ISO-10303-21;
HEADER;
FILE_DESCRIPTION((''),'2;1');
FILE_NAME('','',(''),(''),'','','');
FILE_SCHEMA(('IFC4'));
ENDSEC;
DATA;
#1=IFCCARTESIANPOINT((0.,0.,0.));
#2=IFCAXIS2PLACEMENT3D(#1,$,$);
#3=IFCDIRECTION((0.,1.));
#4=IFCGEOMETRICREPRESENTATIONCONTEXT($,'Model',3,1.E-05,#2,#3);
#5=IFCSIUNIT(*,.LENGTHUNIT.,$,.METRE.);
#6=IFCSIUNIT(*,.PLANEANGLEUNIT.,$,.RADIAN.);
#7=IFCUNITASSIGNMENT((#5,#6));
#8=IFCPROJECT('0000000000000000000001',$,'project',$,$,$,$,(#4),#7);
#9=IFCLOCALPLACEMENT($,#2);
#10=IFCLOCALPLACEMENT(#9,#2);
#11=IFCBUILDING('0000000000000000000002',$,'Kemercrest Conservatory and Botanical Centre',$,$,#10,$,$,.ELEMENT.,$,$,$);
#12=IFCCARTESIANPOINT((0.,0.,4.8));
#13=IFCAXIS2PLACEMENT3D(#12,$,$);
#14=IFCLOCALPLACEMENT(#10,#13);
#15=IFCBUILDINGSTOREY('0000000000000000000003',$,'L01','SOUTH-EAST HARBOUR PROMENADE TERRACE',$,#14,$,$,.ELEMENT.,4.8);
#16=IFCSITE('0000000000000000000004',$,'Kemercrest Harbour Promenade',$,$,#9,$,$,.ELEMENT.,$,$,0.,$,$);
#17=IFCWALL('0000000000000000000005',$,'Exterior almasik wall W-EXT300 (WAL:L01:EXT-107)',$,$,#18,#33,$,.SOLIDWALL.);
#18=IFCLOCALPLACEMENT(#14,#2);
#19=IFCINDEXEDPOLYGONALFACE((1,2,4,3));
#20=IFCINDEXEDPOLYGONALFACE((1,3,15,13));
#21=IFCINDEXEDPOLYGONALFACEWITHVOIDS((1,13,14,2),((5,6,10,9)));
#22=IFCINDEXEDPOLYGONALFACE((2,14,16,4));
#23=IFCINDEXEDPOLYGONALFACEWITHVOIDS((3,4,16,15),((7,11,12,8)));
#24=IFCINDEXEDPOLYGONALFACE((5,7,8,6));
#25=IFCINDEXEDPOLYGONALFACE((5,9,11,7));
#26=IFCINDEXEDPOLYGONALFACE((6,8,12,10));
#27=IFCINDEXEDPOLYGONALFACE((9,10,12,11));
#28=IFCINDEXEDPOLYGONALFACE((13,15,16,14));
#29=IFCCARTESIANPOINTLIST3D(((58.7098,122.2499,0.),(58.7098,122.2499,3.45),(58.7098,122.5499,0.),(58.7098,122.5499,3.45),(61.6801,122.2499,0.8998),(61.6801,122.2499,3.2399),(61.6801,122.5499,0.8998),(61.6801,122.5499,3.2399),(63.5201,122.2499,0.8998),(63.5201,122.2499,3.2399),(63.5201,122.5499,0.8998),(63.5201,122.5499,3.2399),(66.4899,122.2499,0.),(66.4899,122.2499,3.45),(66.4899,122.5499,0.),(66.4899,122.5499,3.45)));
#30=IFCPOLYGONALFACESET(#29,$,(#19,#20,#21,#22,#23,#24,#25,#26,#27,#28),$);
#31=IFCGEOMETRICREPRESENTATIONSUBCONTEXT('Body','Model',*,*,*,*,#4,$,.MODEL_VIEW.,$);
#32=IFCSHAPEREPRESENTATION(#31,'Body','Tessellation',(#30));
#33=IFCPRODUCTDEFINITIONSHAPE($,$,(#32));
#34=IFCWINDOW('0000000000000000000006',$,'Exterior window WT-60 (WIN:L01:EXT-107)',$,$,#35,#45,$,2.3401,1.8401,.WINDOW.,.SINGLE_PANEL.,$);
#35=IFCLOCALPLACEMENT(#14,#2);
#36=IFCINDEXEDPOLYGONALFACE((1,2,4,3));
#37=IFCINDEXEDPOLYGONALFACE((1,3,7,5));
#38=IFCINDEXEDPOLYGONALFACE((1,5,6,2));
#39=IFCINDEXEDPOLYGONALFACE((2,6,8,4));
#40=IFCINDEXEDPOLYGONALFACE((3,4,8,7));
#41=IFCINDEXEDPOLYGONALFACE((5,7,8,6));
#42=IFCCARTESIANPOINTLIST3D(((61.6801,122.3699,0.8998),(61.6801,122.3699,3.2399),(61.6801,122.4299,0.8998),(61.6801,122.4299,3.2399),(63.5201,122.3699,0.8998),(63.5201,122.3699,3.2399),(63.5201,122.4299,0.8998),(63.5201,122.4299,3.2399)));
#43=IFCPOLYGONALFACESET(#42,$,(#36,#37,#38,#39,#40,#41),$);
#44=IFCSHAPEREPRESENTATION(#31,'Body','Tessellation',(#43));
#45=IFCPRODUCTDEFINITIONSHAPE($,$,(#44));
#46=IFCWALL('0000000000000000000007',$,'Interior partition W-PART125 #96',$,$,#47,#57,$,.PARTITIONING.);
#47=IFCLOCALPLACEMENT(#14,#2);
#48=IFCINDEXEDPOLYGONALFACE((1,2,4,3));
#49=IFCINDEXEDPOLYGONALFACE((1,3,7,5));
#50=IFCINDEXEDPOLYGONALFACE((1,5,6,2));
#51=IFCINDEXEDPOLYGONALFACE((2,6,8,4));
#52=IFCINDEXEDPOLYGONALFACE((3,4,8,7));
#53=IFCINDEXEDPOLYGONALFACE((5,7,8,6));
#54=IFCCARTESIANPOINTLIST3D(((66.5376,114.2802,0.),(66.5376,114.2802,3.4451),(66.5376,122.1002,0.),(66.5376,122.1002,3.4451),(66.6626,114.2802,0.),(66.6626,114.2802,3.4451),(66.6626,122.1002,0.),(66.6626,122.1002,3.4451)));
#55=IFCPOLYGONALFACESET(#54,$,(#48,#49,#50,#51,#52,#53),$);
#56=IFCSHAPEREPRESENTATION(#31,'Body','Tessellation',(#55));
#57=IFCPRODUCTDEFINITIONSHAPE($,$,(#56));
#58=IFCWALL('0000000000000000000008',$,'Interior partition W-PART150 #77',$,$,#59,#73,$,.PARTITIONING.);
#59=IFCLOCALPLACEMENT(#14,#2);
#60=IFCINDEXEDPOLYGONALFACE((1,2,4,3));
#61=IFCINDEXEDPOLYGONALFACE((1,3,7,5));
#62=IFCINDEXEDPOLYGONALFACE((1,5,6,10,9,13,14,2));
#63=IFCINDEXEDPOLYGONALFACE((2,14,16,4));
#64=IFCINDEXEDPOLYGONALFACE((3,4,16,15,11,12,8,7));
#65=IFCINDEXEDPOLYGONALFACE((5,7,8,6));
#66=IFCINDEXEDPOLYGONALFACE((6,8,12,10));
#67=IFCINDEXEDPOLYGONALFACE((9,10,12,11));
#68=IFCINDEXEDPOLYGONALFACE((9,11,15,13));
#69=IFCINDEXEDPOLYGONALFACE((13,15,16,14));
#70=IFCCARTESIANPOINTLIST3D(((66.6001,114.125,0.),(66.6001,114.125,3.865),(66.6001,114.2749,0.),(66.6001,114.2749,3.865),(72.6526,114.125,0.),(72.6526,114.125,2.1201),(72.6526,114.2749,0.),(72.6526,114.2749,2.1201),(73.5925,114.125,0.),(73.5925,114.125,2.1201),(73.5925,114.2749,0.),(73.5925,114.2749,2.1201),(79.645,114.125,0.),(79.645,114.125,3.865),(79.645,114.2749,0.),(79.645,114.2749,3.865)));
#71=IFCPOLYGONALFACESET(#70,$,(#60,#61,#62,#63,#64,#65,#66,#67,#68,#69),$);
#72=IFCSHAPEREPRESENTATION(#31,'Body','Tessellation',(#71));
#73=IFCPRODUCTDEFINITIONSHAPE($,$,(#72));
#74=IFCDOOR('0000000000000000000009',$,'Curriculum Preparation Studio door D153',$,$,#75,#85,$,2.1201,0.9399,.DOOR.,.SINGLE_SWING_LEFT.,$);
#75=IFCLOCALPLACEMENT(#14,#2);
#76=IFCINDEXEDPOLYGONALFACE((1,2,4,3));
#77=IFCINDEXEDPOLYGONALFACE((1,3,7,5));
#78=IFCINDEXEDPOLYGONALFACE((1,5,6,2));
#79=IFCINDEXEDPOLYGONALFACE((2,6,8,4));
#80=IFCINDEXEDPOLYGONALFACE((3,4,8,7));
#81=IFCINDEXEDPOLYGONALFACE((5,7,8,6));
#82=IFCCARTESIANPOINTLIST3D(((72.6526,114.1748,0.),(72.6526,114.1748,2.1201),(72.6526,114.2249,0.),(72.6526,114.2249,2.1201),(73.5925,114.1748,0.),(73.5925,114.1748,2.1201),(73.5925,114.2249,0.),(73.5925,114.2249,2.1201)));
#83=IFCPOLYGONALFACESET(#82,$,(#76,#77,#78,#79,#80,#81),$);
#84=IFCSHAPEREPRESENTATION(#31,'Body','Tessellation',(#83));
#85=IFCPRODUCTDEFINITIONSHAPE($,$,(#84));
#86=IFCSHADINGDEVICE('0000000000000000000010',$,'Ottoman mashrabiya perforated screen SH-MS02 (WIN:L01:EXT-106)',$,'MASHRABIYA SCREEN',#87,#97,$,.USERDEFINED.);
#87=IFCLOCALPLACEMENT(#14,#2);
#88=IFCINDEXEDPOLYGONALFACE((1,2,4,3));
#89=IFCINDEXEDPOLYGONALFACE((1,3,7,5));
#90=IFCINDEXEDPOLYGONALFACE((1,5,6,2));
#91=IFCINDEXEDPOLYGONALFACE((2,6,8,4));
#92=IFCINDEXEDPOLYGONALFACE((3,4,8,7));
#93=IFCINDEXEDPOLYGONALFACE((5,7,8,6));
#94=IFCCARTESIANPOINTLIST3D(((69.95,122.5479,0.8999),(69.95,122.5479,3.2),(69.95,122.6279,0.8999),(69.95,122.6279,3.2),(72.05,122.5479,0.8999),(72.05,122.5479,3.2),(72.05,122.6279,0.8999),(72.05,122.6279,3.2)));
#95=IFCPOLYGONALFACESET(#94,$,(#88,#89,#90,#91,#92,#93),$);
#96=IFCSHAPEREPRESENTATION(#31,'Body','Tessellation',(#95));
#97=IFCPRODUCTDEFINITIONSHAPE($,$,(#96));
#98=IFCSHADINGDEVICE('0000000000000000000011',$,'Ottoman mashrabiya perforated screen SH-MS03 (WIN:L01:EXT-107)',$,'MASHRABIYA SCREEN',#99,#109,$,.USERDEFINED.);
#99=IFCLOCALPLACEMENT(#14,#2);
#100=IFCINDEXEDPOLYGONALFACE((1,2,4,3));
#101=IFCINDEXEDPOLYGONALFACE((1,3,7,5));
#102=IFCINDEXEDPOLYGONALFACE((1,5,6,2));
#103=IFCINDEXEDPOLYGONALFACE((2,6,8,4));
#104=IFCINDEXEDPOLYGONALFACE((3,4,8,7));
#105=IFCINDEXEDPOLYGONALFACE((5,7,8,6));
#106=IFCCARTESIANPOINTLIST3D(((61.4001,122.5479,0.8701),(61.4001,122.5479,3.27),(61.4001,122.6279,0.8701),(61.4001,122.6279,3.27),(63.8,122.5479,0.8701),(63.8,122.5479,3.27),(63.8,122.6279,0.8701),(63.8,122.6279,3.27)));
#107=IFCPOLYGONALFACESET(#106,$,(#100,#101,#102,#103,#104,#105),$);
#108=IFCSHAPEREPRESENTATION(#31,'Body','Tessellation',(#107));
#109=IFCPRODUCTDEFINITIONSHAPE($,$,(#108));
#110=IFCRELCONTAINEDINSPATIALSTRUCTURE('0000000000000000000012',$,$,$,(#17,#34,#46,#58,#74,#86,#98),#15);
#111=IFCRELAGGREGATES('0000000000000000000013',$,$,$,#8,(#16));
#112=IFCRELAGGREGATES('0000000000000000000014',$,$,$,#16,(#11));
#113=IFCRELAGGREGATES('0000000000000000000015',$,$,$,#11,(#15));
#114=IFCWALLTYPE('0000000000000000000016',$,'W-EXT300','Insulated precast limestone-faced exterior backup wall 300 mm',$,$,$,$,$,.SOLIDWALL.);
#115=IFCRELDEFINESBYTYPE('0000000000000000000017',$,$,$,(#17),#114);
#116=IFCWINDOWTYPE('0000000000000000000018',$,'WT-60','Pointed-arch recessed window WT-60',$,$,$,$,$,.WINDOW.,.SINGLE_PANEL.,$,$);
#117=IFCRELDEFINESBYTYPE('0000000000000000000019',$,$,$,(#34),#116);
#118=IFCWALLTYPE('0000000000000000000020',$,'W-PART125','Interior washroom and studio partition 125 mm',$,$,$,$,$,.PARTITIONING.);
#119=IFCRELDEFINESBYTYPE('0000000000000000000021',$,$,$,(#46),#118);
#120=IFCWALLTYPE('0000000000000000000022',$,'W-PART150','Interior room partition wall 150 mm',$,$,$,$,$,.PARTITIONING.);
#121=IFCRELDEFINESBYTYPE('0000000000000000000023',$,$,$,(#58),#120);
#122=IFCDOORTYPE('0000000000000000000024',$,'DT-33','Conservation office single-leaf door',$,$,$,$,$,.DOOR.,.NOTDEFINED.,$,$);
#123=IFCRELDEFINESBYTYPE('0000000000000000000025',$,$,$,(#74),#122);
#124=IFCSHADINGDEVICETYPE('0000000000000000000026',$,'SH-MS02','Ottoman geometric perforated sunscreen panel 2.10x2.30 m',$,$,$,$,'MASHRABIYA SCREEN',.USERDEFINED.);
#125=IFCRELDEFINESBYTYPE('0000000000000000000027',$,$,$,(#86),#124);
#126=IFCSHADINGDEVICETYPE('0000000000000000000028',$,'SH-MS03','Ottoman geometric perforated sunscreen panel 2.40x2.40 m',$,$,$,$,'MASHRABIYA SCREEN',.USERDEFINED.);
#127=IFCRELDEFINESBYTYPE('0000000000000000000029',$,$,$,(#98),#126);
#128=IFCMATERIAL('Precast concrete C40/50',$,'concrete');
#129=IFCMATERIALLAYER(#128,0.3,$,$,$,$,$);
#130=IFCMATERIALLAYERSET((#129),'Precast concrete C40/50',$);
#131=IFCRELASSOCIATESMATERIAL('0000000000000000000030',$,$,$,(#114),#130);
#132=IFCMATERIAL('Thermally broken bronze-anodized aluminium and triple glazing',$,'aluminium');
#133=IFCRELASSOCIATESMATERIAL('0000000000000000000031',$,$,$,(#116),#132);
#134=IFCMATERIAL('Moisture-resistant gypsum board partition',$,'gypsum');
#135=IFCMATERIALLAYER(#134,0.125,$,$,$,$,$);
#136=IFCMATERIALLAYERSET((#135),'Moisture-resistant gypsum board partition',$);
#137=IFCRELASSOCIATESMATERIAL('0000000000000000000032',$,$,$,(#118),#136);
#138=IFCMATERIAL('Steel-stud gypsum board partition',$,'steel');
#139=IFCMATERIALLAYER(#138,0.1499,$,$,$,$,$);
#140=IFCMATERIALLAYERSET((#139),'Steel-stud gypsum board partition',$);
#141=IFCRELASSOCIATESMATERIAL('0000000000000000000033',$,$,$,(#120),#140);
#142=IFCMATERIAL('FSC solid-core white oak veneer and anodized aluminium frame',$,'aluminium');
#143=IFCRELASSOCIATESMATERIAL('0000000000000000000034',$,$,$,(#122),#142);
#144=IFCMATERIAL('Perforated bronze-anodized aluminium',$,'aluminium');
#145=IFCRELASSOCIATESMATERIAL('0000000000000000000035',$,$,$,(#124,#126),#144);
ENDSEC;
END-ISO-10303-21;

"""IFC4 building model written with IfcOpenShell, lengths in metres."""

from ifc_helpers import new_model, si_unit, direction, frame, frame_2d, origin, origin_2d, place, context, subcontext, project, spatial, rectangle, extrude, material, layer, layer_set, type_object, element, fill, save


model = new_model("IFC4")

# Units and contexts
model_context = context("Model", 3, precision=1e-05, world=origin(), true_north=direction((0.0, 1.0)))
body_context = subcontext(model_context, "Body", "Model", "MODEL_VIEW")
ifc_project = project(units=[si_unit("LENGTHUNIT", "METRE"), si_unit("PLANEANGLEUNIT", "RADIAN")], contexts=[model_context])

# Site, building, storey
site_placement = place(None, origin())
site = spatial("IfcSite", under=ifc_project, at=site_placement, Name="Kemercrest Harbour Promenade", CompositionType="ELEMENT", RefElevation=0.0)
building_placement = place(site_placement, origin())
building = spatial("IfcBuilding", under=site, at=building_placement, Name="Kemercrest Conservatory and Botanical Centre", CompositionType="ELEMENT")
storey_placement = place(building_placement, frame((0.0, 0.0, 4.8)))
storey = spatial("IfcBuildingStorey", under=building, at=storey_placement, Name="L01", Description="SOUTH-EAST HARBOUR PROMENADE TERRACE", CompositionType="ELEMENT", Elevation=4.8)

# Wall, opening, window
ifc_material_1 = material(Name="Precast concrete C40/50", Category="concrete")
ifc_layer_1 = layer(ifc_material_1, 0.3)
ifc_layer_set_1 = layer_set([ifc_layer_1], Name="Precast concrete C40/50")
wall_type_1 = type_object("IfcWallType", Name="W-EXT300", Description="Insulated precast limestone-faced exterior backup wall 300 mm", PredefinedType="SOLIDWALL", material=ifc_layer_set_1)
ifc_material_2 = material(Name="Thermally broken bronze-anodized aluminium and triple glazing", Category="aluminium")
wall_1_placement = place(storey_placement, frame((66.49, 122.3999, 0.0), z_axis=(0.0, 0.0, 1.0), x_axis=(-1.0, 0.0, 0.0)))
wall_1 = element("IfcWall", 1, at=wall_1_placement, inside=storey, type_object=wall_type_1, Name="Exterior almasik wall W-EXT300 (WAL:L01:EXT-107)", PredefinedType="SOLIDWALL", context=body_context, shape_type="SweptSolid", body=[
    extrude(rectangle(XDim=7.78, YDim=0.3, at=frame_2d((3.8901, 0.0))), origin(), (0.0, 0.0, 1.0), 3.45),
])
opening_1_placement = place(wall_1_placement, frame((2.97, 0.0, 0.8999)))
opening_1 = element("IfcOpeningElement", 2, at=opening_1_placement, cuts=wall_1, PredefinedType="OPENING", context=body_context, shape_type="SweptSolid", body=[
    extrude(rectangle(XDim=1.8401, YDim=2.3401, at=frame_2d((0.9199, 1.1699))), frame((0.0, 0.1602, 0.0), z_axis=(0.0, -1.0, 0.0), x_axis=(1.0, 0.0, 0.0)), (0.0, 0.0, 1.0), 0.3201),
])
window_type_1 = type_object("IfcWindowType", Name="WT-60", Description="Pointed-arch recessed window WT-60", PartitioningType="SINGLE_PANEL", PredefinedType="WINDOW", material=ifc_material_2)
window_1_placement = place(opening_1_placement, origin())
window_1 = element("IfcWindow", 3, at=window_1_placement, inside=storey, type_object=window_type_1, Name="Exterior window WT-60 (WIN:L01:EXT-107)", OverallHeight=2.3401, OverallWidth=1.8401, PartitioningType="SINGLE_PANEL", PredefinedType="WINDOW", context=body_context, shape_type="SweptSolid", body=[
    extrude(rectangle(XDim=1.8401, YDim=2.3401, at=frame_2d((0.9199, 1.1699))), frame((0.0, 0.03, 0.0), z_axis=(0.0, -1.0, 0.0), x_axis=(1.0, 0.0, 0.0)), (0.0, 0.0, 1.0), 0.0601),
])
fill(opening_1, window_1)

# Wall
ifc_material_3 = material(Name="Moisture-resistant gypsum board partition", Category="gypsum")
ifc_layer_2 = layer(ifc_material_3, 0.125)
ifc_layer_set_2 = layer_set([ifc_layer_2], Name="Moisture-resistant gypsum board partition")
wall_type_2 = type_object("IfcWallType", Name="W-PART125", Description="Interior washroom and studio partition 125 mm", PredefinedType="PARTITIONING", material=ifc_layer_set_2)
wall_2_placement = place(storey_placement, frame((66.6001, 114.28, 0.0), z_axis=(0.0, 0.0, 1.0), x_axis=(0.0, 1.0, 0.0)))
element("IfcWall", 4, at=wall_2_placement, inside=storey, type_object=wall_type_2, Name="Interior partition W-PART125 #96", PredefinedType="PARTITIONING", context=body_context, shape_type="SweptSolid", body=[
    extrude(rectangle(XDim=7.8201, YDim=0.125, at=frame_2d((3.9102, 0.0))), origin(), (0.0, 0.0, 1.0), 3.4451),
])

# Wall, opening, door
ifc_material_4 = material(Name="Steel-stud gypsum board partition", Category="steel")
ifc_layer_3 = layer(ifc_material_4, 0.1499)
ifc_layer_set_3 = layer_set([ifc_layer_3], Name="Steel-stud gypsum board partition")
wall_type_3 = type_object("IfcWallType", Name="W-PART150", Description="Interior room partition wall 150 mm", PredefinedType="PARTITIONING", material=ifc_layer_set_3)
wall_3_placement = place(storey_placement, frame((66.6001, 114.2, 0.0), z_axis=(0.0, 0.0, 1.0), x_axis=(1.0, 0.0, 0.0)))
wall_3 = element("IfcWall", 5, at=wall_3_placement, inside=storey, type_object=wall_type_3, Name="Interior partition W-PART150 #77", PredefinedType="PARTITIONING", context=body_context, shape_type="SweptSolid", body=[
    extrude(rectangle(XDim=13.0449, YDim=0.1499, at=frame_2d((6.5225, 0.0))), origin(), (0.0, 0.0, 1.0), 3.865),
])
opening_2_placement = place(wall_3_placement, frame((6.0525, 0.0, 0.0)))
opening_2 = element("IfcOpeningElement", 6, at=opening_2_placement, cuts=wall_3, PredefinedType="OPENING", context=body_context, shape_type="SweptSolid", body=[
    extrude(rectangle(XDim=0.9399, YDim=2.1201, at=frame_2d((0.47, 1.0601))), frame((0.0, 0.085, 0.0), z_axis=(0.0, -1.0, 0.0), x_axis=(1.0, 0.0, 0.0)), (0.0, 0.0, 1.0), 0.1699),
])
ifc_material_5 = material(Name="FSC solid-core white oak veneer and anodized aluminium frame", Category="aluminium")
door_type_1 = type_object("IfcDoorType", Name="DT-33", Description="Conservation office single-leaf door", OperationType="NOTDEFINED", PredefinedType="DOOR", material=ifc_material_5)
door_1_placement = place(opening_2_placement, origin())
door_1 = element("IfcDoor", 7, at=door_1_placement, inside=storey, type_object=door_type_1, Name="Curriculum Preparation Studio door D153", OperationType="SINGLE_SWING_LEFT", OverallHeight=2.1201, OverallWidth=0.9399, PredefinedType="DOOR", context=body_context, shape_type="SweptSolid", body=[
    extrude(rectangle(XDim=0.9399, YDim=2.1201, at=frame_2d((0.47, 1.0601))), frame((0.0, 0.0249, 0.0), z_axis=(0.0, -1.0, 0.0), x_axis=(1.0, 0.0, 0.0)), (0.0, 0.0, 1.0), 0.05),
])
fill(opening_2, door_1)

# Shading devices
ifc_material_6 = material(Name="Perforated bronze-anodized aluminium", Category="aluminium")
shading_device_type_1 = type_object("IfcShadingDeviceType", Name="SH-MS02", Description="Ottoman geometric perforated sunscreen panel 2.10x2.30 m", ElementType="MASHRABIYA SCREEN", PredefinedType="USERDEFINED", material=ifc_material_6)
shading_device_1_placement = place(storey_placement, frame((71.0, 122.5879, 0.8999), z_axis=(0.0, 0.0, 1.0), x_axis=(-1.0, 0.0, 0.0)))
element("IfcShadingDevice", 8, at=shading_device_1_placement, inside=storey, type_object=shading_device_type_1, Name="Ottoman mashrabiya perforated screen SH-MS02 (WIN:L01:EXT-106)", ObjectType="MASHRABIYA SCREEN", PredefinedType="USERDEFINED", context=body_context, shape_type="SweptSolid", body=[
    extrude(rectangle(XDim=2.1001, YDim=0.0801, at=origin_2d()), origin(), (0.0, 0.0, 1.0), 2.3),
])
shading_device_type_2 = type_object("IfcShadingDeviceType", Name="SH-MS03", Description="Ottoman geometric perforated sunscreen panel 2.40x2.40 m", ElementType="MASHRABIYA SCREEN", PredefinedType="USERDEFINED", material=ifc_material_6)
shading_device_2_placement = place(storey_placement, frame((62.6001, 122.5879, 0.8701), z_axis=(0.0, 0.0, 1.0), x_axis=(-1.0, 0.0, 0.0)))
element("IfcShadingDevice", 9, at=shading_device_2_placement, inside=storey, type_object=shading_device_type_2, Name="Ottoman mashrabiya perforated screen SH-MS03 (WIN:L01:EXT-107)", ObjectType="MASHRABIYA SCREEN", PredefinedType="USERDEFINED", context=body_context, shape_type="SweptSolid", body=[
    extrude(rectangle(XDim=2.3999, YDim=0.0801, at=origin_2d()), origin(), (0.0, 0.0, 1.0), 2.3999),
])

save(model, "model.ifc")
